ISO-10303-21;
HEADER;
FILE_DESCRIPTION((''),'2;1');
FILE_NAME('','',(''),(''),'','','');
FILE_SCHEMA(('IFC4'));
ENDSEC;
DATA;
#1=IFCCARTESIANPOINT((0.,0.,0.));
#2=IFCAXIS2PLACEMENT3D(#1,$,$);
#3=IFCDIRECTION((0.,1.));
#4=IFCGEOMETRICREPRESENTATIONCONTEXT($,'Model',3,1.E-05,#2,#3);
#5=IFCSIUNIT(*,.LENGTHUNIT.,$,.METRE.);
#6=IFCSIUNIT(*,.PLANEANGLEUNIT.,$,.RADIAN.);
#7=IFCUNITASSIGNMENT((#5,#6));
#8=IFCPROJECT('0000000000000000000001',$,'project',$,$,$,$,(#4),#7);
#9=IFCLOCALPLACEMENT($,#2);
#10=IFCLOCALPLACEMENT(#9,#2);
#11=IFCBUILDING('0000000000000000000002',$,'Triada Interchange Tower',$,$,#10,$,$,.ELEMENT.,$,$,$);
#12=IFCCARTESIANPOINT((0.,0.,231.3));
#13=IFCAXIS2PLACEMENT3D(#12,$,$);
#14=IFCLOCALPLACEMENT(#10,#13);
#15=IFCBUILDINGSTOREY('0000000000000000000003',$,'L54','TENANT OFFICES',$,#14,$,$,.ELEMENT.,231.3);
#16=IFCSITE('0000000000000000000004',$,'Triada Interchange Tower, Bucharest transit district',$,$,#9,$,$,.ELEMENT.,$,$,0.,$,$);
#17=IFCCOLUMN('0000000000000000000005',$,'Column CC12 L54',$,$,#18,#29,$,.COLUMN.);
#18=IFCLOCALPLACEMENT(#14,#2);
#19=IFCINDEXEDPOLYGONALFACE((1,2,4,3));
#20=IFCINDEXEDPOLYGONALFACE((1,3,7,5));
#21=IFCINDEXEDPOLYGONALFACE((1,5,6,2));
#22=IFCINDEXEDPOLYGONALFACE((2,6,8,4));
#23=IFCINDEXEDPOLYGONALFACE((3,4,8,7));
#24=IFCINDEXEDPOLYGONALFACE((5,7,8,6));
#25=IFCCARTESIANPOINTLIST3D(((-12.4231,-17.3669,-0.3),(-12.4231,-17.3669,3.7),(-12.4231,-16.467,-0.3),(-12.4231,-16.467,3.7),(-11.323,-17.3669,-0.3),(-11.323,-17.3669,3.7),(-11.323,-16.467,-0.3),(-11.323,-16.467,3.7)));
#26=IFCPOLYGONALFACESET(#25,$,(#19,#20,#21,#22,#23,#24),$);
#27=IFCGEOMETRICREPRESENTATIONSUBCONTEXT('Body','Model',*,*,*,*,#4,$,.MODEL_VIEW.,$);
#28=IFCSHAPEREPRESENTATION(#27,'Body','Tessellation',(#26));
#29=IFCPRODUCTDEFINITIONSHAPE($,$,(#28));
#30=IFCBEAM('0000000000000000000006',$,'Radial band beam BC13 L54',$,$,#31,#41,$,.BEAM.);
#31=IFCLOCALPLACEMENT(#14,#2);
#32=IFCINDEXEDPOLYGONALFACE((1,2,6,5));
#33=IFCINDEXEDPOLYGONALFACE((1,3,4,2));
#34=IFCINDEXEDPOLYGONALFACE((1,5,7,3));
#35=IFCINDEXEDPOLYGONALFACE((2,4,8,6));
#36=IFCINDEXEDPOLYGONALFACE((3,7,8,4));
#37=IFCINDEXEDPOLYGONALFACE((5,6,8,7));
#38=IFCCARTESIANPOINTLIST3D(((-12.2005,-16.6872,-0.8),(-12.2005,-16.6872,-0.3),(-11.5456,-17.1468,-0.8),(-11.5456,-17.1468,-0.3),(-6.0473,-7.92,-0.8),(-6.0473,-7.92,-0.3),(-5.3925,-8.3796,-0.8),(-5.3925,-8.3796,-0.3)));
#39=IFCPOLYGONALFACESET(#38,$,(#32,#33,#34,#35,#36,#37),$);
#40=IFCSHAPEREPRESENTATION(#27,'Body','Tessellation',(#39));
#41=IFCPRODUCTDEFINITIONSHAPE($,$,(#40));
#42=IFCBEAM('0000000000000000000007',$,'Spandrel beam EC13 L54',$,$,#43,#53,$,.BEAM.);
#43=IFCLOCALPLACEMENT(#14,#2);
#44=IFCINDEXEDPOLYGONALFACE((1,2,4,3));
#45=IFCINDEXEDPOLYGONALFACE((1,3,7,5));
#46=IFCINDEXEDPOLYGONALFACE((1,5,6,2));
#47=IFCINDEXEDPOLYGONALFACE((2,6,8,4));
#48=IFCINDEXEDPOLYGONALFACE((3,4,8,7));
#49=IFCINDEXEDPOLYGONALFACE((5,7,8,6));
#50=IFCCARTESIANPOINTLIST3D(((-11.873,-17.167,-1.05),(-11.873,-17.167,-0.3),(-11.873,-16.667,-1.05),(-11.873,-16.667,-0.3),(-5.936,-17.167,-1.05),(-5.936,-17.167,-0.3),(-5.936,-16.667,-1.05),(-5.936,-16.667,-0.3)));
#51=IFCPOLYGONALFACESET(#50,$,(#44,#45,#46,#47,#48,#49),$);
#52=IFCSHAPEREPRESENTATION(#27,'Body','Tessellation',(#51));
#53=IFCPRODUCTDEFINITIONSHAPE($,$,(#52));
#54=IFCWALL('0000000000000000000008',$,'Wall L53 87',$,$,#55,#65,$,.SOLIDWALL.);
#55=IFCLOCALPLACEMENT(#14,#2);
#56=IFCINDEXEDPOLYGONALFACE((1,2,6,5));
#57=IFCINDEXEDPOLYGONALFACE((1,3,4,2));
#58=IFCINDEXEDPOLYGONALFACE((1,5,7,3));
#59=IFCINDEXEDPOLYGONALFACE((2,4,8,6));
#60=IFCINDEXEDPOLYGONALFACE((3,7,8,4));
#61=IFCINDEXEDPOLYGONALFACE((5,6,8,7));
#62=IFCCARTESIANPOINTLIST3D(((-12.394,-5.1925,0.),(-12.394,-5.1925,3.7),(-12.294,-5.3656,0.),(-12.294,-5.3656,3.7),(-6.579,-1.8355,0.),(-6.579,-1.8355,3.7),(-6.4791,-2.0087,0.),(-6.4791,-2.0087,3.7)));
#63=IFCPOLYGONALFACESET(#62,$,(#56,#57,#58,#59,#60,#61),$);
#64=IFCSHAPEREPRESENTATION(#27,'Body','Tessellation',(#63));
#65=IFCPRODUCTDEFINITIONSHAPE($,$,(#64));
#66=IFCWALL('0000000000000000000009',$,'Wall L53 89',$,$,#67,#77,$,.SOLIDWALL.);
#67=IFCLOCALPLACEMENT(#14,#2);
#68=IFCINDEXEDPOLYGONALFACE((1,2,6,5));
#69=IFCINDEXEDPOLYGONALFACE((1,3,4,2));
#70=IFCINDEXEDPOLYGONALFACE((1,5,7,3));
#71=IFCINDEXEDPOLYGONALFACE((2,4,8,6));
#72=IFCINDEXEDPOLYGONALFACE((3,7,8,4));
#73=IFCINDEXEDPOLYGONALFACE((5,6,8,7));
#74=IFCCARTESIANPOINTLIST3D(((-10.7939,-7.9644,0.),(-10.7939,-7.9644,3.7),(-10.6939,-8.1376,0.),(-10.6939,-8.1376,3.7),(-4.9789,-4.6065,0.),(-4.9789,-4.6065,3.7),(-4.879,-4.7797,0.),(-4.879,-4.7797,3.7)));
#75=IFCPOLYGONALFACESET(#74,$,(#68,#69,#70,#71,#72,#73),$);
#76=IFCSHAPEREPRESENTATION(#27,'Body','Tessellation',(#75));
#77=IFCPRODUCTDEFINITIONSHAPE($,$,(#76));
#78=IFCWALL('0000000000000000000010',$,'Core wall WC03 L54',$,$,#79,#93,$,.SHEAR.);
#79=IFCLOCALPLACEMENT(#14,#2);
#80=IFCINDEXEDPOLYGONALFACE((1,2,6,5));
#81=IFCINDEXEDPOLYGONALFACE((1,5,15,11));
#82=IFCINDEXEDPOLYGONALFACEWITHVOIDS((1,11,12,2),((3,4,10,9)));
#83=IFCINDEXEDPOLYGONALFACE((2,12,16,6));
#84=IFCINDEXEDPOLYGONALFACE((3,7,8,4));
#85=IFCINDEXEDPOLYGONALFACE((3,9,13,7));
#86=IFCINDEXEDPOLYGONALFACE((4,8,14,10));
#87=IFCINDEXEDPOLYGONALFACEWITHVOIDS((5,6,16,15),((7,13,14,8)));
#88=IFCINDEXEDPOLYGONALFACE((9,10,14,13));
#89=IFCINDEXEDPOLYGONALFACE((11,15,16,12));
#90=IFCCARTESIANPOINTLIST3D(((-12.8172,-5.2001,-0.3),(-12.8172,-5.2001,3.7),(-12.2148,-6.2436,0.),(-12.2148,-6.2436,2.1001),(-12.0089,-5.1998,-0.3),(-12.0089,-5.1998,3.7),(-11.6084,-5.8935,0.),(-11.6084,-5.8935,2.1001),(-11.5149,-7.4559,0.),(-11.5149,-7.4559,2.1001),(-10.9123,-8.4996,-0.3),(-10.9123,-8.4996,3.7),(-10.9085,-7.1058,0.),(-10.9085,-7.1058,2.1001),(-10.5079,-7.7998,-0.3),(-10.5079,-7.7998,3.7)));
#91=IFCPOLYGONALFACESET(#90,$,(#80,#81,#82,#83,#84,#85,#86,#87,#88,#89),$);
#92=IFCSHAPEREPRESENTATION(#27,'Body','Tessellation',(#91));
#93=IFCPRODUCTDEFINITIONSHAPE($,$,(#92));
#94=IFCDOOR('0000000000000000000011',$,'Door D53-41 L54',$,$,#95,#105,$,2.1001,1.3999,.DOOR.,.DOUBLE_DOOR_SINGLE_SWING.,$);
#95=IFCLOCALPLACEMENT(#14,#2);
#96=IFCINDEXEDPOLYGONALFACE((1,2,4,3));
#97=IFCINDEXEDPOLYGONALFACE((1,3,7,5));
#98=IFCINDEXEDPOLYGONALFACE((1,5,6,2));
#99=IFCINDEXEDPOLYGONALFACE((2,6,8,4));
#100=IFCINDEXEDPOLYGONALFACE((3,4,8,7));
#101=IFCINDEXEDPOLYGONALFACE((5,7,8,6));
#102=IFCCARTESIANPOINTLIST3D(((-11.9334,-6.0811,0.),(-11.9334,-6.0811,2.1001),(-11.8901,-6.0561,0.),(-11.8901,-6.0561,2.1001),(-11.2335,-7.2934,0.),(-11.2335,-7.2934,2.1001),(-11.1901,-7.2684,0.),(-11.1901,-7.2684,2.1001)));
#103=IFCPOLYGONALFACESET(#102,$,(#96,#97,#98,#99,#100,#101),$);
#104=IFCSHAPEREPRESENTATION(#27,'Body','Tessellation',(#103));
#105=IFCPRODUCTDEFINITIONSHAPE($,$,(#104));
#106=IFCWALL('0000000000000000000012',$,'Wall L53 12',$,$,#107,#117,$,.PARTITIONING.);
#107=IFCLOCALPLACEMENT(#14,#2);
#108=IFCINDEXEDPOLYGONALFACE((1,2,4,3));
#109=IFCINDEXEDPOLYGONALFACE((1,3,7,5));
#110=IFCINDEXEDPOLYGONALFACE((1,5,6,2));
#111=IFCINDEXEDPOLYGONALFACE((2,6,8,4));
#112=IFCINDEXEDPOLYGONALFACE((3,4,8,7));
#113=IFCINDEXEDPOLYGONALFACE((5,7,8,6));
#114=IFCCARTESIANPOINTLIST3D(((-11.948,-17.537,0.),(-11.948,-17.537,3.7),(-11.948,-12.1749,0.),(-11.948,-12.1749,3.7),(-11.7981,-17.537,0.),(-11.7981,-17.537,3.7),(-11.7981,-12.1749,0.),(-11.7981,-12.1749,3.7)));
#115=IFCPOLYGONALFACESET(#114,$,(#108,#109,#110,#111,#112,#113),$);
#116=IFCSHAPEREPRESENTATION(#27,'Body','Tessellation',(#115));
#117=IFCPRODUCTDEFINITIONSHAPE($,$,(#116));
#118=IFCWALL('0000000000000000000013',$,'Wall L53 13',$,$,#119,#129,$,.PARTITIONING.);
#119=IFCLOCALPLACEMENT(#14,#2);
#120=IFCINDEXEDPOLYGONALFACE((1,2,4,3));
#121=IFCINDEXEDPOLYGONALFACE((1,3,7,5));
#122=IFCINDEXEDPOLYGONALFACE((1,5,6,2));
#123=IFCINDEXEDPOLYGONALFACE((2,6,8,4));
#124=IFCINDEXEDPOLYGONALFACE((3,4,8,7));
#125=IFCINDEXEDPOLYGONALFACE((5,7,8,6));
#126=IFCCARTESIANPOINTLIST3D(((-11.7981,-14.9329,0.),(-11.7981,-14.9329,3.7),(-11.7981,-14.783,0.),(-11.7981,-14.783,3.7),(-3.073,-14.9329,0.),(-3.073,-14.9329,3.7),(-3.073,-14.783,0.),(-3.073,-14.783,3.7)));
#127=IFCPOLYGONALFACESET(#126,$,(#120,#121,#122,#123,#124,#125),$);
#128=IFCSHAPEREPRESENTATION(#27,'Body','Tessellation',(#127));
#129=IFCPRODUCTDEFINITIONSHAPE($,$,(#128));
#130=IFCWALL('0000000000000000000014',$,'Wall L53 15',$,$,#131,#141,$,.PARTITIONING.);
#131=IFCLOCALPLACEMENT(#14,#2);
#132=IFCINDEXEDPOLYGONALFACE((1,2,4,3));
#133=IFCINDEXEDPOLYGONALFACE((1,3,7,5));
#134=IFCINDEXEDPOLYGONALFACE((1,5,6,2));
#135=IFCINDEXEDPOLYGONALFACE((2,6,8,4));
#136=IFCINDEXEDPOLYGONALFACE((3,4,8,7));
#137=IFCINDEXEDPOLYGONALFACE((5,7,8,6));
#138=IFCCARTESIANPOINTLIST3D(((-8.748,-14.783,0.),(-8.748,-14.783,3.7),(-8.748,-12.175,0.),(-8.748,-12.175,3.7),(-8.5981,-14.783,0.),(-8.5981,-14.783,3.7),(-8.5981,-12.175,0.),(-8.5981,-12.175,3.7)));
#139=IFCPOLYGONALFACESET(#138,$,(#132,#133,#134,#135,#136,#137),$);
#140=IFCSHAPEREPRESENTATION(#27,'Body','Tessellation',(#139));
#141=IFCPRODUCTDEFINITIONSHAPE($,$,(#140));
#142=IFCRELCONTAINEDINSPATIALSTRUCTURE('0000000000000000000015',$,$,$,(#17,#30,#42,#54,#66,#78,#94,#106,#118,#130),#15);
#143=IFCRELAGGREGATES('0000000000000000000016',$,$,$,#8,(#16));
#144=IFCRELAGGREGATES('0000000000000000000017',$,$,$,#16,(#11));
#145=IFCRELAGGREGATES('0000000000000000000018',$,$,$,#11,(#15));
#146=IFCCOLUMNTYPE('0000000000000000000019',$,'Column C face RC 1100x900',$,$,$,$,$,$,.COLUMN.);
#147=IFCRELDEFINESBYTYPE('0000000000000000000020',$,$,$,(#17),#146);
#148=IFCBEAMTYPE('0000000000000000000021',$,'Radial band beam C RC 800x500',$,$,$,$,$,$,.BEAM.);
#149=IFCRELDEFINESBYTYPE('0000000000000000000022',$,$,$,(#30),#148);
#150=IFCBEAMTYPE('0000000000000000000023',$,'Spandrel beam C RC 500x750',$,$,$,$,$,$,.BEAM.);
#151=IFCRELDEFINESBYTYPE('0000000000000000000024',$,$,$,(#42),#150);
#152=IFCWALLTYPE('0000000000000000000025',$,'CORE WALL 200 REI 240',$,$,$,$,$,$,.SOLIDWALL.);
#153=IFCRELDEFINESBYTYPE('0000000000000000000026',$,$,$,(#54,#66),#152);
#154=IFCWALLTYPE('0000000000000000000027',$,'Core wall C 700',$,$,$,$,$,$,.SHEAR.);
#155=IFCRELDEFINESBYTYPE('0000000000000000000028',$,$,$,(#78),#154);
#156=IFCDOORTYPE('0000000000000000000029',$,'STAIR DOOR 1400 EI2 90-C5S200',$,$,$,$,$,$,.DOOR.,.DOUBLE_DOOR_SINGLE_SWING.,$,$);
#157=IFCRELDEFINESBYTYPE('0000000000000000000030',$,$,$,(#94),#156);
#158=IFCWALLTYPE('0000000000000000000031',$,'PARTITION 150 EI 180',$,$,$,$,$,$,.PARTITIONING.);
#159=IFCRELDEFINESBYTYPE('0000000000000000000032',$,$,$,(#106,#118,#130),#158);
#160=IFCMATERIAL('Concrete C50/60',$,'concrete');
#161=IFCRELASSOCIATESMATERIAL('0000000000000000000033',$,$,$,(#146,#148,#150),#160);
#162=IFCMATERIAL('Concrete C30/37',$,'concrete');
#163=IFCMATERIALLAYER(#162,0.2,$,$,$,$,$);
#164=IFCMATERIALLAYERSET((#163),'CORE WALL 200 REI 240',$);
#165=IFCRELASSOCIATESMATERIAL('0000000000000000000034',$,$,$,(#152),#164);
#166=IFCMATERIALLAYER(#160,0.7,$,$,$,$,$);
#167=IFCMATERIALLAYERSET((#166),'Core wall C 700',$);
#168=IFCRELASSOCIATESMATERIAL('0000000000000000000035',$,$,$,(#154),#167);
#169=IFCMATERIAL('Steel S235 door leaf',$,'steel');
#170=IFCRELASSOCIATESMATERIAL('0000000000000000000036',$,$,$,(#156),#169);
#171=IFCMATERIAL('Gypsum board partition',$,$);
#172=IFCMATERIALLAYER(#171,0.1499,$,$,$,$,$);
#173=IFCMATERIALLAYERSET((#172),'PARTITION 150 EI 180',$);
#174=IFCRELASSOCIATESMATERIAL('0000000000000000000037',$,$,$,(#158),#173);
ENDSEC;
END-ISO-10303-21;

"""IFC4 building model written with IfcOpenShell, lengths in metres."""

from ifc_helpers import new_model, si_unit, direction, frame, frame_2d, origin, origin_2d, place, context, subcontext, project, spatial, polyline, rectangle, outline, extrude, material, layer, layer_set, material_profile, profile_set, type_object, element, fill, save


model = new_model("IFC4")

# Units and contexts
model_context = context("Model", 3, precision=1e-05, world=origin(), true_north=direction((0.0, 1.0)))
body_context = subcontext(model_context, "Body", "Model", "MODEL_VIEW")
ifc_project = project(units=[si_unit("LENGTHUNIT", "METRE"), si_unit("PLANEANGLEUNIT", "RADIAN")], contexts=[model_context])

# Site, building, storey
site_placement = place(None, origin())
site = spatial("IfcSite", under=ifc_project, at=site_placement, Name="Triada Interchange Tower, Bucharest transit district", CompositionType="ELEMENT", RefElevation=0.0)
building_placement = place(site_placement, origin())
building = spatial("IfcBuilding", under=site, at=building_placement, Name="Triada Interchange Tower", CompositionType="ELEMENT")
storey_placement = place(building_placement, frame((0.0, 0.0, 231.3)))
storey = spatial("IfcBuildingStorey", under=building, at=storey_placement, Name="L54", Description="TENANT OFFICES", CompositionType="ELEMENT", Elevation=231.3)

# Column
ifc_material_1 = material(Name="Concrete C50/60", Category="concrete")
ifc_material_profile_1 = material_profile(ifc_material_1, rectangle(XDim=1.1001, YDim=0.8999, at=origin_2d()), Name="RC 1100x900")
ifc_profile_set_1 = profile_set([ifc_material_profile_1], Name="Concrete C50/60")
column_type = type_object("IfcColumnType", Name="Column C face RC 1100x900", PredefinedType="COLUMN", material=ifc_profile_set_1)
column_placement = place(storey_placement, frame((-11.873, -16.917, -0.3), z_axis=(0.0, 0.0, 1.0), x_axis=(1.0, 0.0, 0.0)))
element("IfcColumn", 1, at=column_placement, inside=storey, type_object=column_type, Name="Column CC12 L54", PredefinedType="COLUMN", context=body_context, shape_type="SweptSolid", body=[
    extrude(rectangle(XDim=1.1001, YDim=0.8999, at=origin_2d()), origin(), (0.0, 0.0, 1.0), 4.0),
])

# Beams
ifc_material_profile_2 = material_profile(ifc_material_1, rectangle(XDim=0.8, YDim=0.5, at=origin_2d()), Name="RC 800x500")
ifc_profile_set_2 = profile_set([ifc_material_profile_2], Name="Concrete C50/60")
beam_type_1 = type_object("IfcBeamType", Name="Radial band beam C RC 800x500", PredefinedType="BEAM", material=ifc_profile_set_2)
beam_1_placement = place(storey_placement, frame((-11.873, -16.917, -0.55), z_axis=(0.574472, 0.818525, 0.0), x_axis=(-0.818525, 0.574472, 0.0)))
element("IfcBeam", 2, at=beam_1_placement, inside=storey, type_object=beam_type_1, Name="Radial band beam BC13 L54", PredefinedType="BEAM", context=body_context, shape_type="SweptSolid", body=[
    extrude(rectangle(XDim=0.8, YDim=0.5, at=origin_2d()), origin(), (0.0, 0.0, 1.0), 10.7109),
])
ifc_material_profile_3 = material_profile(ifc_material_1, rectangle(XDim=0.5, YDim=0.75, at=origin_2d()), Name="RC 500x750")
ifc_profile_set_3 = profile_set([ifc_material_profile_3], Name="Concrete C50/60")
beam_type_2 = type_object("IfcBeamType", Name="Spandrel beam C RC 500x750", PredefinedType="BEAM", material=ifc_profile_set_3)
beam_2_placement = place(storey_placement, frame((-11.873, -16.917, -0.675), z_axis=(1.0, 0.0, 0.0), x_axis=(0.0, 1.0, 0.0)))
element("IfcBeam", 3, at=beam_2_placement, inside=storey, type_object=beam_type_2, Name="Spandrel beam EC13 L54", PredefinedType="BEAM", context=body_context, shape_type="SweptSolid", body=[
    extrude(rectangle(XDim=0.5, YDim=0.75, at=origin_2d()), origin(), (0.0, 0.0, 1.0), 5.937),
])

# Walls
ifc_material_2 = material(Name="Concrete C30/37", Category="concrete")
ifc_layer_1 = layer(ifc_material_2, 0.2)
ifc_layer_set_1 = layer_set([ifc_layer_1], Name="CORE WALL 200 REI 240")
wall_type_1 = type_object("IfcWallType", Name="CORE WALL 200 REI 240", PredefinedType="SOLIDWALL", material=ifc_layer_set_1)
wall_1_placement = place(storey_placement, frame((-12.344, -5.2791, 0.0), z_axis=(0.0, 0.0, 1.0), x_axis=(0.866046, 0.499964, 0.0)))
element("IfcWall", 4, at=wall_1_placement, inside=storey, type_object=wall_type_1, Name="Wall L53 87", PredefinedType="SOLIDWALL", context=body_context, shape_type="SweptSolid", body=[
    extrude(rectangle(XDim=6.7144, YDim=0.2, at=frame_2d((3.3572, 0.0))), origin(), (0.0, 0.0, 1.0), 3.7),
])
wall_2_placement = place(storey_placement, frame((-10.7439, -8.051, 0.0), z_axis=(0.0, 0.0, 1.0), x_axis=(0.865983, 0.500073, 0.0)))
element("IfcWall", 5, at=wall_2_placement, inside=storey, type_object=wall_type_1, Name="Wall L53 89", PredefinedType="SOLIDWALL", context=body_context, shape_type="SweptSolid", body=[
    extrude(rectangle(XDim=6.7148, YDim=0.2, at=frame_2d((3.3574, 0.0))), origin(), (0.0, 0.0, 1.0), 3.7),
])

# Wall, opening, door
ifc_layer_2 = layer(ifc_material_1, 0.7)
ifc_layer_set_2 = layer_set([ifc_layer_2], Name="Core wall C 700")
wall_type_2 = type_object("IfcWallType", Name="Core wall C 700", PredefinedType="SHEAR", material=ifc_layer_set_2)
wall_3_placement = place(storey_placement, frame((-12.4131, -5.2, -0.3), z_axis=(0.0, 0.0, 1.0), x_axis=(0.499993, -0.866029, 0.0)))
wall_3 = element("IfcWall", 6, at=wall_3_placement, inside=storey, type_object=wall_type_2, Name="Core wall WC03 L54", PredefinedType="SHEAR", context=body_context, shape_type="SweptSolid", body=[
    extrude(outline(polyline([(-0.2019, -0.3501), (1.7031, -0.3501), (3.6079, -0.3501), (3.2041, 0.3501), (1.7031, 0.3501), (0.2019, 0.3501), (-0.2019, -0.3501)])), origin(), (0.0, 0.0, 1.0), 4.0),
])
opening_1_placement = place(wall_3_placement, frame((1.0029, 0.0, 0.3)))
opening_1 = element("IfcOpeningElement", 7, at=opening_1_placement, cuts=wall_3, PredefinedType="OPENING", context=body_context, shape_type="SweptSolid", body=[
    extrude(rectangle(XDim=1.3999, YDim=2.1001, at=frame_2d((0.7, 1.05))), frame((0.0, 0.3601, 0.0), z_axis=(0.0, -1.0, 0.0), x_axis=(1.0, 0.0, 0.0)), (0.0, 0.0, 1.0), 0.7202),
])
ifc_material_3 = material(Name="Steel S235 door leaf", Category="steel")
door_type_1 = type_object("IfcDoorType", Name="STAIR DOOR 1400 EI2 90-C5S200", OperationType="DOUBLE_DOOR_SINGLE_SWING", PredefinedType="DOOR", material=ifc_material_3)
door_1_placement = place(opening_1_placement, origin())
door_1 = element("IfcDoor", 8, at=door_1_placement, inside=storey, type_object=door_type_1, Name="Door D53-41 L54", OperationType="DOUBLE_DOOR_SINGLE_SWING", OverallHeight=2.1001, OverallWidth=1.3999, PredefinedType="DOOR", context=body_context, shape_type="SweptSolid", body=[
    extrude(rectangle(XDim=1.3999, YDim=2.1001, at=frame_2d((0.7, 1.05))), frame((0.0, 0.0249, 0.0), z_axis=(0.0, -1.0, 0.0), x_axis=(1.0, 0.0, 0.0)), (0.0, 0.0, 1.0), 0.05),
])
fill(opening_1, door_1)

# Walls
ifc_material_4 = material(Name="Gypsum board partition")
ifc_layer_3 = layer(ifc_material_4, 0.1499)
ifc_layer_set_3 = layer_set([ifc_layer_3], Name="PARTITION 150 EI 180")
wall_type_3 = type_object("IfcWallType", Name="PARTITION 150 EI 180", PredefinedType="PARTITIONING", material=ifc_layer_set_3)
wall_4_placement = place(storey_placement, frame((-11.873, -17.5371, 0.0), z_axis=(0.0, 0.0, 1.0), x_axis=(0.0, 1.0, 0.0)))
element("IfcWall", 9, at=wall_4_placement, inside=storey, type_object=wall_type_3, Name="Wall L53 12", PredefinedType="PARTITIONING", context=body_context, shape_type="SweptSolid", body=[
    extrude(rectangle(XDim=5.3621, YDim=0.1499, at=frame_2d((2.6812, 0.0))), origin(), (0.0, 0.0, 1.0), 3.7),
])
wall_5_placement = place(storey_placement, frame((-11.7981, -14.8579, 0.0), z_axis=(0.0, 0.0, 1.0), x_axis=(1.0, 0.0, 0.0)))
element("IfcWall", 10, at=wall_5_placement, inside=storey, type_object=wall_type_3, Name="Wall L53 13", PredefinedType="PARTITIONING", context=body_context, shape_type="SweptSolid", body=[
    extrude(rectangle(XDim=8.7251, YDim=0.1499, at=frame_2d((4.3625, 0.0))), origin(), (0.0, 0.0, 1.0), 3.7),
])
wall_6_placement = place(storey_placement, frame((-8.6731, -14.783, 0.0), z_axis=(0.0, 0.0, 1.0), x_axis=(0.0, 1.0, 0.0)))
element("IfcWall", 11, at=wall_6_placement, inside=storey, type_object=wall_type_3, Name="Wall L53 15", PredefinedType="PARTITIONING", context=body_context, shape_type="SweptSolid", body=[
    extrude(rectangle(XDim=2.6079, YDim=0.1499, at=frame_2d((1.304, 0.0))), origin(), (0.0, 0.0, 1.0), 3.7),
])

save(model, "model.ifc")
